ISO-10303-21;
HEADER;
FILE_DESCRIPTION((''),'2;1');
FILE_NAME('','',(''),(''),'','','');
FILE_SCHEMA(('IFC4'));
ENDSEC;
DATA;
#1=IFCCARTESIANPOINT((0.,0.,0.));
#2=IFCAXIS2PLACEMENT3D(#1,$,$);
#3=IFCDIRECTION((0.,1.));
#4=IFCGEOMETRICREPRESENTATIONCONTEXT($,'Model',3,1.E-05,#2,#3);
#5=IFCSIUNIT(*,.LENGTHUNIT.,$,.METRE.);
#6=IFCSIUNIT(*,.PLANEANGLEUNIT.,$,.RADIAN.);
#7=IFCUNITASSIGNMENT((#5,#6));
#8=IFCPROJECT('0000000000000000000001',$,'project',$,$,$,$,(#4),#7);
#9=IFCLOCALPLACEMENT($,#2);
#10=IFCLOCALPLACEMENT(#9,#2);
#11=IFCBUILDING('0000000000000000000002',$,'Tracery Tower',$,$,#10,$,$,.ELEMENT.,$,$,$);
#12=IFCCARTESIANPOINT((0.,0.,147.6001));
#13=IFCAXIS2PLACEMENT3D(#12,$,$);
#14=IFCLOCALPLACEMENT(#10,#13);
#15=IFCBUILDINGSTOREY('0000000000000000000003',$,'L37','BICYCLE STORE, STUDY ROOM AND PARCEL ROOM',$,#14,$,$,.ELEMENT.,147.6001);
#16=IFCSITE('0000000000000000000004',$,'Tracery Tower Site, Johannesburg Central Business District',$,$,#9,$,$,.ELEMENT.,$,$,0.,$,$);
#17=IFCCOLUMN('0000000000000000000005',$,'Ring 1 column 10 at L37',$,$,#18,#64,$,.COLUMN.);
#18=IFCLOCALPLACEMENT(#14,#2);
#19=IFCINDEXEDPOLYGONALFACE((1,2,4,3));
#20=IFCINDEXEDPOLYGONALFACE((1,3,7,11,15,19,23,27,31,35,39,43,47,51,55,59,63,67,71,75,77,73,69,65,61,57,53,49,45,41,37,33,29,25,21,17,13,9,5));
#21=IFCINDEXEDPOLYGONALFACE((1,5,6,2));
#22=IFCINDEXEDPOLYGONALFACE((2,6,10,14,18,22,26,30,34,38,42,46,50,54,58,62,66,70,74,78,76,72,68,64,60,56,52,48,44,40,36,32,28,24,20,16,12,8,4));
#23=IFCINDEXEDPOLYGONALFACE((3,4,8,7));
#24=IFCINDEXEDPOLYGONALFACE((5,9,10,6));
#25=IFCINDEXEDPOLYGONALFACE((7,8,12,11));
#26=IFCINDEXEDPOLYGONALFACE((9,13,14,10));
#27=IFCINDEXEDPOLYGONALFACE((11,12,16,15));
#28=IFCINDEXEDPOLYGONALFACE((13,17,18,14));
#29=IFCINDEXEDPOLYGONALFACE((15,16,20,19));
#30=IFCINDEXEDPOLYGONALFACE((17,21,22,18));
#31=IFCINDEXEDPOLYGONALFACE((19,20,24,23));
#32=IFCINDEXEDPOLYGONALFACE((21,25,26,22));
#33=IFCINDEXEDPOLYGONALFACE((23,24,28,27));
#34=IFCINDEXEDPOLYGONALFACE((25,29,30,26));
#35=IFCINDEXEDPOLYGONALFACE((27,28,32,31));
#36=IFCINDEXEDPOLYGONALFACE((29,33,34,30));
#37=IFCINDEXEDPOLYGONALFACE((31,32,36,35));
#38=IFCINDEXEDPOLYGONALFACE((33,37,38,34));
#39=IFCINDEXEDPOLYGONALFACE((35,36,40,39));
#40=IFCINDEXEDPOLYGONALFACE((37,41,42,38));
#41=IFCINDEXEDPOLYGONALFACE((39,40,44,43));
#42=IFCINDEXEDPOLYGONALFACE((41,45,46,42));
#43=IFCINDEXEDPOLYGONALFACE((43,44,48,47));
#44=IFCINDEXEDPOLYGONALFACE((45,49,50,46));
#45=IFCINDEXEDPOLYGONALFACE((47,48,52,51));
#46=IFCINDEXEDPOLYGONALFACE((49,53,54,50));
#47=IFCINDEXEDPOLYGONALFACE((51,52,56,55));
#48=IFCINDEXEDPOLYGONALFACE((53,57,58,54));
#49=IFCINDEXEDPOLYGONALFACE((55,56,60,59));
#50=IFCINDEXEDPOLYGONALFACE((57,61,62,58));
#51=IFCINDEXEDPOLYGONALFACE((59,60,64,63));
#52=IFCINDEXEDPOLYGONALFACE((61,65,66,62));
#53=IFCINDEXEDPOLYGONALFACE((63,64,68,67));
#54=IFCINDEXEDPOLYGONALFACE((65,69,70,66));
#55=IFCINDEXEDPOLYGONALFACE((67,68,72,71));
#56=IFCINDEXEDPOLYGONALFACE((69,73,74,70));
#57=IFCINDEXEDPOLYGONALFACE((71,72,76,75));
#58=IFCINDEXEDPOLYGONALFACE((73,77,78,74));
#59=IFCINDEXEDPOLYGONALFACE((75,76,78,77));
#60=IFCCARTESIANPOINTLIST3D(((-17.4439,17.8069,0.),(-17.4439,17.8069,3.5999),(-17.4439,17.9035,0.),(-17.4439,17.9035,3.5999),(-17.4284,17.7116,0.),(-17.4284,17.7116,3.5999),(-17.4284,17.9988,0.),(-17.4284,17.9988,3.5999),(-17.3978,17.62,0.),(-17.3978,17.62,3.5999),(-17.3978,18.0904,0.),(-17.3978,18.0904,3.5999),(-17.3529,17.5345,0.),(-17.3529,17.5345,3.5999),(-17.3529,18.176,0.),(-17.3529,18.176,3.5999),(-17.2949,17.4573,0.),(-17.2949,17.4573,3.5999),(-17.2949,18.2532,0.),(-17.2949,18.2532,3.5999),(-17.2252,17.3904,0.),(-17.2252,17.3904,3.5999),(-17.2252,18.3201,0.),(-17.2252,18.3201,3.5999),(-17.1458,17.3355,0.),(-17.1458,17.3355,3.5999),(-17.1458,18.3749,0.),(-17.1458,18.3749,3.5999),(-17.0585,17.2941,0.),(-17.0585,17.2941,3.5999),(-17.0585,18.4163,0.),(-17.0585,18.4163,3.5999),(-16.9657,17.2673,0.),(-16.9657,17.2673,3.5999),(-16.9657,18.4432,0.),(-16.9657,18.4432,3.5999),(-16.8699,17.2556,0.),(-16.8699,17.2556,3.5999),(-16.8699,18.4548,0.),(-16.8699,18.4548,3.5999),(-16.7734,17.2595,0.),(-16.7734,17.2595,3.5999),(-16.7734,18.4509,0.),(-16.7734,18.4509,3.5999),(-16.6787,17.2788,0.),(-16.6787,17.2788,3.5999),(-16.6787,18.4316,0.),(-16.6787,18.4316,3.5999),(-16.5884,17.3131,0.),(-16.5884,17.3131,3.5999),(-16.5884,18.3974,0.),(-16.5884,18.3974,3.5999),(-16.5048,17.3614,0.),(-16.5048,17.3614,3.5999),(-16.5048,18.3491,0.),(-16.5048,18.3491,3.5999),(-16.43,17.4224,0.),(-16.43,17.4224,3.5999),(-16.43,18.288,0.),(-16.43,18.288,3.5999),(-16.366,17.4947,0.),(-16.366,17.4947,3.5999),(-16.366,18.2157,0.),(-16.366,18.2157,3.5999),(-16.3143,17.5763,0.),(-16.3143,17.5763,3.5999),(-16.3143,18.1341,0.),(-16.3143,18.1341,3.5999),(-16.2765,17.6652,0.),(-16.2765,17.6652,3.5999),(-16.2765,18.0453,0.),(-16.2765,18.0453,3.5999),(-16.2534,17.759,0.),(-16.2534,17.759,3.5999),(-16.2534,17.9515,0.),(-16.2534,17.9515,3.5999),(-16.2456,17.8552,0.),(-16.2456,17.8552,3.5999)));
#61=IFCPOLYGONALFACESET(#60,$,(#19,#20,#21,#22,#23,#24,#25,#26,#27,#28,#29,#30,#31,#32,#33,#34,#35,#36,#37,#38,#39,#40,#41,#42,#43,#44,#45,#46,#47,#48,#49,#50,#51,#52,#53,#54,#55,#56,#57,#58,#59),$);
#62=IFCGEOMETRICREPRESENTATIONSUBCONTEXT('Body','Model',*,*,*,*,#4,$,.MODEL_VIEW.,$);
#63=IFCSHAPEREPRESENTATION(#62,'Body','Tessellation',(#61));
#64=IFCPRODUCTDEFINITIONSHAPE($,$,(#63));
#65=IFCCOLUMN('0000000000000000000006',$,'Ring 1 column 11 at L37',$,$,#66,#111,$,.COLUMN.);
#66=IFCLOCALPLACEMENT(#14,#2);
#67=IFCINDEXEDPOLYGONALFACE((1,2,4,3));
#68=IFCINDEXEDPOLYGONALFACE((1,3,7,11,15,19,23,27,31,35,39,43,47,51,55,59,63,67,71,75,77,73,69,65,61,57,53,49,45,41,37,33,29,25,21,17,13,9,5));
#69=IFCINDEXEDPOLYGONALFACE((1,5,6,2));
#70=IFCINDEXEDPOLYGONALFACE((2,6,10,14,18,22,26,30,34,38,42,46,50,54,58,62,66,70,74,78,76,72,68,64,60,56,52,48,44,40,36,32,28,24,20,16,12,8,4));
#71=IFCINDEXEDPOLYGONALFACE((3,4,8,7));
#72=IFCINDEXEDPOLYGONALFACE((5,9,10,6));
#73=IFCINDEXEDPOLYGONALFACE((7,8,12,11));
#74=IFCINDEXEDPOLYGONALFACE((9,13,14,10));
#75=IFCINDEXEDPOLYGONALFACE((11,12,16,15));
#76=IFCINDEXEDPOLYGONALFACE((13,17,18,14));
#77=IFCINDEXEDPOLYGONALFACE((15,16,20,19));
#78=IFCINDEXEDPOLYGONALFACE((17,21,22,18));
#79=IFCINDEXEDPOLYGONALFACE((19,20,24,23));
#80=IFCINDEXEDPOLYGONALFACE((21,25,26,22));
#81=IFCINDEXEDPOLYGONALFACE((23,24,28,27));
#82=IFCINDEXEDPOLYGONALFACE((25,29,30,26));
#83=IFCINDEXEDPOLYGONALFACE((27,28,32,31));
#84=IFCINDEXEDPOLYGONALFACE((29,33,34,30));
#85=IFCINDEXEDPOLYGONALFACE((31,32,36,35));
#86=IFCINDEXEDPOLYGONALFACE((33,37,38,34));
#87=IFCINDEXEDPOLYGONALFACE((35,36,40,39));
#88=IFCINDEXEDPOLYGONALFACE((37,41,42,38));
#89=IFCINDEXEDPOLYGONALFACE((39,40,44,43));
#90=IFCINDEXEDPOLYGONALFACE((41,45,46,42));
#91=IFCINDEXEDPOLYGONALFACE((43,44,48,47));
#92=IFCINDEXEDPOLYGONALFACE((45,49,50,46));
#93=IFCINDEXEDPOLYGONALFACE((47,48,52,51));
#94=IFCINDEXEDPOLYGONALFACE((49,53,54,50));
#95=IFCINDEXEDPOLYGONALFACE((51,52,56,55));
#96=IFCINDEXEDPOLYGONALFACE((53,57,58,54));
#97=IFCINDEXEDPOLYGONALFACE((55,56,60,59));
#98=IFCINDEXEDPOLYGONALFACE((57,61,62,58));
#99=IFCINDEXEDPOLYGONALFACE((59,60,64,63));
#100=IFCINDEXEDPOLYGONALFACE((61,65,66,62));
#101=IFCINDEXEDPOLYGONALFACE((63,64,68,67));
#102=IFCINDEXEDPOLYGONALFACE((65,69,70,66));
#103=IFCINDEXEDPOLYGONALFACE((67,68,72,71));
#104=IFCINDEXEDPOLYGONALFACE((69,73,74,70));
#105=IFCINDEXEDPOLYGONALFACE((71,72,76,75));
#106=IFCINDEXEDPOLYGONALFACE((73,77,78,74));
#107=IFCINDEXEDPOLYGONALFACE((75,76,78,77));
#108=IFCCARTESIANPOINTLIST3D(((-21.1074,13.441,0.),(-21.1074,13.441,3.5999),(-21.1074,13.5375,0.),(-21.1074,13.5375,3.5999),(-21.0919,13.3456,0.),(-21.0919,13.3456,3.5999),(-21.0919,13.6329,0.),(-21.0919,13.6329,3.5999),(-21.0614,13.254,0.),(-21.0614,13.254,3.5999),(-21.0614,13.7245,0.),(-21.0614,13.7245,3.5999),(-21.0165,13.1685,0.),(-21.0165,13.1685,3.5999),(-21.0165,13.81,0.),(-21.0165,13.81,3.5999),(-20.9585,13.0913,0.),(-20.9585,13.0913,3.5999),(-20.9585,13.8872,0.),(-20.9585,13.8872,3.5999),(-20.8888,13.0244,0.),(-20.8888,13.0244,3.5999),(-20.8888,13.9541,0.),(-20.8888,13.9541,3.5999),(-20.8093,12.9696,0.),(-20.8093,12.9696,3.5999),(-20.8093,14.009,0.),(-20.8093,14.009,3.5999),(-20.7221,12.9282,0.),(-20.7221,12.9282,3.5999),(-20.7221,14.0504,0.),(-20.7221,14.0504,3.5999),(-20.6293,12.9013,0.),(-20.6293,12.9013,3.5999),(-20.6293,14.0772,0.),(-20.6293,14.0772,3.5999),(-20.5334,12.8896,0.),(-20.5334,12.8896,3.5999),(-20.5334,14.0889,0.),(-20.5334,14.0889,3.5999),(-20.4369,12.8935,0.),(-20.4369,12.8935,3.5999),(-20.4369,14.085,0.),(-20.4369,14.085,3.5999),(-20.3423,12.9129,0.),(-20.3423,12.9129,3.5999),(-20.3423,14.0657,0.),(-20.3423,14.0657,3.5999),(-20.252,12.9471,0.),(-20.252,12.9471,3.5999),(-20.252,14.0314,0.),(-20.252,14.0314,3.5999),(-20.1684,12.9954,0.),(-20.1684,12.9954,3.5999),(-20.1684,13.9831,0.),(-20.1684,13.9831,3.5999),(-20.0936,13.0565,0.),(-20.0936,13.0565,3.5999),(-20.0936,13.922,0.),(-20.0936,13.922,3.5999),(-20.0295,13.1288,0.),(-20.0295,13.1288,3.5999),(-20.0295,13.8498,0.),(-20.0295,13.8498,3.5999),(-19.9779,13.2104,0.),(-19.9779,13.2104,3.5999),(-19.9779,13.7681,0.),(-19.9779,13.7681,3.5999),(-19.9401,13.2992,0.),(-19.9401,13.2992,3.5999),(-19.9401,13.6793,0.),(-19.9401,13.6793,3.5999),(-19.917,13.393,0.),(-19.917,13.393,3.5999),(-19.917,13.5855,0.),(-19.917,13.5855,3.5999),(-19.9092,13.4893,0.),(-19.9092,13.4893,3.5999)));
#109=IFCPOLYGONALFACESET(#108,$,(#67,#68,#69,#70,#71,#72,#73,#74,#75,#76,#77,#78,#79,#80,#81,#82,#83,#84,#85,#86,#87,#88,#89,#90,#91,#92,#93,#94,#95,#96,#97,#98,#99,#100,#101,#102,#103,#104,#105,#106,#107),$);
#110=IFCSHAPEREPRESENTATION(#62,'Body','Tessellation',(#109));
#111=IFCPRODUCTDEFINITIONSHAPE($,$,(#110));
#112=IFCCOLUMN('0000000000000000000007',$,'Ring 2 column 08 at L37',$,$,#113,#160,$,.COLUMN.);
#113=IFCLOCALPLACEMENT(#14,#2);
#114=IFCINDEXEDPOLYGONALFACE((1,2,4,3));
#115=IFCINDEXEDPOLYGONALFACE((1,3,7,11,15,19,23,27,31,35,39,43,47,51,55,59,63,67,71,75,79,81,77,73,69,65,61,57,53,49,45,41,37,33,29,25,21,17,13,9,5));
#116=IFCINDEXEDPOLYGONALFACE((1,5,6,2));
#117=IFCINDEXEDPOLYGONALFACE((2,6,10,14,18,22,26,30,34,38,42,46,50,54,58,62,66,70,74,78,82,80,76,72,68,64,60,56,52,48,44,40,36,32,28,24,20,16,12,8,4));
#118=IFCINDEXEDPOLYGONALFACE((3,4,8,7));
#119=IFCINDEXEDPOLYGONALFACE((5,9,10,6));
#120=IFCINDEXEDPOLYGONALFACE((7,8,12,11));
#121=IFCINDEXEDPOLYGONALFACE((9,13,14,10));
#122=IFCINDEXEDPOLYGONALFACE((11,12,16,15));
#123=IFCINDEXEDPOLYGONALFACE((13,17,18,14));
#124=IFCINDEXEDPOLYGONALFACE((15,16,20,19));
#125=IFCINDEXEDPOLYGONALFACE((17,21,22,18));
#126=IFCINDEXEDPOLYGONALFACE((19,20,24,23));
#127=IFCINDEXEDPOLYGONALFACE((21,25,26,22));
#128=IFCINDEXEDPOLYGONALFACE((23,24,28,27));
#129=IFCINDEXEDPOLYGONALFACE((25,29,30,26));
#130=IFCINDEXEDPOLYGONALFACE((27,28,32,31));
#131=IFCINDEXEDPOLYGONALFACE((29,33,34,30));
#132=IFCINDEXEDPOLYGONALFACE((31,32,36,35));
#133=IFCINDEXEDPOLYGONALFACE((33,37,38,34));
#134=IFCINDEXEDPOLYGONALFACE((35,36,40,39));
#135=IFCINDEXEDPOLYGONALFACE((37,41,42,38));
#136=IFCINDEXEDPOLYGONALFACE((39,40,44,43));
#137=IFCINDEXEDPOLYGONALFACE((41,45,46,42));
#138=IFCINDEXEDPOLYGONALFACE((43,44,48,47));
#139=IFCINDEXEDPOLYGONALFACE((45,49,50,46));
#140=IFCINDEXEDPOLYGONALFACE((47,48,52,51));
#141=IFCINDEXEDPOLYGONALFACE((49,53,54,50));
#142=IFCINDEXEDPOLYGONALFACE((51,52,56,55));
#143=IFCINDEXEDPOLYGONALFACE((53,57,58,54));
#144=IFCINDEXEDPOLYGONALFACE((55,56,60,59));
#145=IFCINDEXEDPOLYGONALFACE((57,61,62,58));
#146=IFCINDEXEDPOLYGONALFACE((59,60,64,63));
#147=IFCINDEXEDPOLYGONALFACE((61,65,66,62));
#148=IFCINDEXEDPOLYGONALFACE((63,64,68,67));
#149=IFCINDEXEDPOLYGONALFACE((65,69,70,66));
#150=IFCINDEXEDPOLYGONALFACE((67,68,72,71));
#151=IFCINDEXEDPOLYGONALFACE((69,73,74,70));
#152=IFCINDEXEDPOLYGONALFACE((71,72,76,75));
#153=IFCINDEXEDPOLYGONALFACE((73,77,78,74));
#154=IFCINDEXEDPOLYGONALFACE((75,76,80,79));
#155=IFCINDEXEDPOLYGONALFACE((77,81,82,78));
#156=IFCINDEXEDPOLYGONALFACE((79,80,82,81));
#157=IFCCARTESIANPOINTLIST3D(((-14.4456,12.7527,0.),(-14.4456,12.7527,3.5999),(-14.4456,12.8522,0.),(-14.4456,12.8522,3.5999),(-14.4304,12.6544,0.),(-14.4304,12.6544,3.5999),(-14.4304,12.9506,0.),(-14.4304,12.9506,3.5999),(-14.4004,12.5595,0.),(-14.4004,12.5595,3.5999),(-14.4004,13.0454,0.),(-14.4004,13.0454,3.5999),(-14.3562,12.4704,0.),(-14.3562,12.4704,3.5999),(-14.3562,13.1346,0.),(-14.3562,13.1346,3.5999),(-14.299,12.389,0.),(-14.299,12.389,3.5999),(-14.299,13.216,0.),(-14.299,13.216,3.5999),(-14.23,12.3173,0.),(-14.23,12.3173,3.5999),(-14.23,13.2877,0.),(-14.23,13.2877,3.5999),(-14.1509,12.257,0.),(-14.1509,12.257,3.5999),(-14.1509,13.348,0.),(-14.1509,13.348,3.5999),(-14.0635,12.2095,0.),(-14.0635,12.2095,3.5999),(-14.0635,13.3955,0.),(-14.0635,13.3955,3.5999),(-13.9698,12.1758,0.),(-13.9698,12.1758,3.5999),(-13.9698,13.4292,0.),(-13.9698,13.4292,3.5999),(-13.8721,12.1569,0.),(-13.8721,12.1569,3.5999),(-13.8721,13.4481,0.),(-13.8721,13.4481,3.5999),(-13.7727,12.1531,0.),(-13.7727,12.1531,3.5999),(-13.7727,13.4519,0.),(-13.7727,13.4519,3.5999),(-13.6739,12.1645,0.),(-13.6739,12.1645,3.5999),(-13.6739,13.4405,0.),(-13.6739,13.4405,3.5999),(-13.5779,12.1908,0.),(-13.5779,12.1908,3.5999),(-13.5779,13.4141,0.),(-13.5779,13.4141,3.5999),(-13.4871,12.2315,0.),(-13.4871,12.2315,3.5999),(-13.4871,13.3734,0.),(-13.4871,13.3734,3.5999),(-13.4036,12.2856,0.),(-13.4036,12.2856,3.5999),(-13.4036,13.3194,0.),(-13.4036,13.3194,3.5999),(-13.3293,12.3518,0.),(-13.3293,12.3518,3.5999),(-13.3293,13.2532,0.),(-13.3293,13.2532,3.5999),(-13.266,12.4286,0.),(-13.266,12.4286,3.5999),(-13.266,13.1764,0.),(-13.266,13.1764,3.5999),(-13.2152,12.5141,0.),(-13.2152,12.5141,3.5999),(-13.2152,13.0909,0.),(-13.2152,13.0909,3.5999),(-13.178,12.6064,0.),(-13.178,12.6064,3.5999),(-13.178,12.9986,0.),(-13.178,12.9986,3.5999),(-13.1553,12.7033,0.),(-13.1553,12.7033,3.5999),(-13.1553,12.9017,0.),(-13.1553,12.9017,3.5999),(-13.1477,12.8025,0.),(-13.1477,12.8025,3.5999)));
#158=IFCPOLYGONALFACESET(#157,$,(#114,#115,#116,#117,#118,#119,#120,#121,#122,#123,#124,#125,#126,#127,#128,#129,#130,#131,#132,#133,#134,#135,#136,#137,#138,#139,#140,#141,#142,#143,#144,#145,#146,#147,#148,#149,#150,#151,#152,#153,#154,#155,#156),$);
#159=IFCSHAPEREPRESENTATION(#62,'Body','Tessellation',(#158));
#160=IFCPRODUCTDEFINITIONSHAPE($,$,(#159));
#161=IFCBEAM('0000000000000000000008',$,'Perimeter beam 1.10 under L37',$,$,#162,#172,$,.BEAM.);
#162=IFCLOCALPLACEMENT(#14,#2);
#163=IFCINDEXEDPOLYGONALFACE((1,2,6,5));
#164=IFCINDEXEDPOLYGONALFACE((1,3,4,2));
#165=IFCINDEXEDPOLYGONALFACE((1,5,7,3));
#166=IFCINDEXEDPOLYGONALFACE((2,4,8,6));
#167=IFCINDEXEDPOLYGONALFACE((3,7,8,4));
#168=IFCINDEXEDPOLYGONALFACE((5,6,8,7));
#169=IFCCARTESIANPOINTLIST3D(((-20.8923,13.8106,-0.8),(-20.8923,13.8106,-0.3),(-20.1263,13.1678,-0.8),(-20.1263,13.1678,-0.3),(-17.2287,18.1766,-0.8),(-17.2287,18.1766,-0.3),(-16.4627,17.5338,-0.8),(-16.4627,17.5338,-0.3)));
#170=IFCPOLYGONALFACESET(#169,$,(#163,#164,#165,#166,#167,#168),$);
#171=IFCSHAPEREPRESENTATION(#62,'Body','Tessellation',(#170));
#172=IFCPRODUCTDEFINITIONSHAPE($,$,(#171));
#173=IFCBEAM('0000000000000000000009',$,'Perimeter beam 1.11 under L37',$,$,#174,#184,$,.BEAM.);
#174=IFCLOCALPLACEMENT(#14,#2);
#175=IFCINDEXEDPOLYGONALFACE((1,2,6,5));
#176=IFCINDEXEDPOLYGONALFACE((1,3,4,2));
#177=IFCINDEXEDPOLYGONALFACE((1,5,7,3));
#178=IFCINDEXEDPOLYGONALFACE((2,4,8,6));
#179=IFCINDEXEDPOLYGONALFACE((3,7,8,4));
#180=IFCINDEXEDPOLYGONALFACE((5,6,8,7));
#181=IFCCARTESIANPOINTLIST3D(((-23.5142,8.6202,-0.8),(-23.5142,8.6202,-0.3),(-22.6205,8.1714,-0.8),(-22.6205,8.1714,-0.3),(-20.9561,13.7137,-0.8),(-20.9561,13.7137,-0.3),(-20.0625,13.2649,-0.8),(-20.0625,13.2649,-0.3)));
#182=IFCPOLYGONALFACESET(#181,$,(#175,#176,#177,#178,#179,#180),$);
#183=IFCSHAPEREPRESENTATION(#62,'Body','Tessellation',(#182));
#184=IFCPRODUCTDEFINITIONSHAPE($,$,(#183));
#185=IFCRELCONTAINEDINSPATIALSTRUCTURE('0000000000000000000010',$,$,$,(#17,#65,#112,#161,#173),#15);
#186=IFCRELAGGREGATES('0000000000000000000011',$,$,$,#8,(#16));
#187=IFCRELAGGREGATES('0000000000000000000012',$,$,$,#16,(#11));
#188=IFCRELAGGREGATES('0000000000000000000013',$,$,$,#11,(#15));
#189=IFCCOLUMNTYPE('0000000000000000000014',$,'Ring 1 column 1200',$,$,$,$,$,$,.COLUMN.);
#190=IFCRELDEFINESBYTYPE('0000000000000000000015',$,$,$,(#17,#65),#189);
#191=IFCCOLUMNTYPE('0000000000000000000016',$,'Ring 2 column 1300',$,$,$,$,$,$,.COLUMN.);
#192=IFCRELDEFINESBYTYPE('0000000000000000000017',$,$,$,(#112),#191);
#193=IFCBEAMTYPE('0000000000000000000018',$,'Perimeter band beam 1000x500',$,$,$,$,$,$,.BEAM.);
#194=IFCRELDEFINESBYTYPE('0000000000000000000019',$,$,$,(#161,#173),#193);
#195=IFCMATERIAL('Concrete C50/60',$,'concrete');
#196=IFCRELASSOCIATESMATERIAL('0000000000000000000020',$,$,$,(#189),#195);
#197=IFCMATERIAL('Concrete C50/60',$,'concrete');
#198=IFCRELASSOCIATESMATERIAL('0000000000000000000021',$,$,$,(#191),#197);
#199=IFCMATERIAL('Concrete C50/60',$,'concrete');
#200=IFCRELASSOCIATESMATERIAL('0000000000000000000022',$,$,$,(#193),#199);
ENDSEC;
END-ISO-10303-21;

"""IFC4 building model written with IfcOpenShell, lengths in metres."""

from ifc_helpers import new_model, si_unit, direction, frame, origin, origin_2d, place, context, subcontext, project, spatial, rectangle, circle, extrude, material, material_profile, profile_set, type_object, element, save


model = new_model("IFC4")

# Units and contexts
model_context = context("Model", 3, precision=1e-05, world=origin(), true_north=direction((0.0, 1.0)))
body_context = subcontext(model_context, "Body", "Model", "MODEL_VIEW")
ifc_project = project(units=[si_unit("LENGTHUNIT", "METRE"), si_unit("PLANEANGLEUNIT", "RADIAN")], contexts=[model_context])

# Site, building, storey
site_placement = place(None, origin())
site = spatial("IfcSite", under=ifc_project, at=site_placement, Name="Tracery Tower Site, Johannesburg Central Business District", CompositionType="ELEMENT", RefElevation=0.0)
building_placement = place(site_placement, origin())
building = spatial("IfcBuilding", under=site, at=building_placement, Name="Tracery Tower", CompositionType="ELEMENT")
storey_placement = place(building_placement, frame((0.0, 0.0, 147.6001)))
storey = spatial("IfcBuildingStorey", under=building, at=storey_placement, Name="L37", Description="BICYCLE STORE, STUDY ROOM AND PARCEL ROOM", CompositionType="ELEMENT", Elevation=147.6001)

# Columns
ifc_material_1 = material(Name="Concrete C50/60", Category="concrete")
ifc_material_profile_1 = material_profile(ifc_material_1, circle(Radius=0.6001, at=origin_2d()), Name="RC D1200")
ifc_profile_set_1 = profile_set([ifc_material_profile_1], Name="Concrete C50/60")
column_type_1 = type_object("IfcColumnType", Name="Ring 1 column 1200", PredefinedType="COLUMN", material=ifc_profile_set_1)
for number, where, z_axis, x_axis, name in (
    (1, (-16.8457, 17.8552, 0.0), (0.0, 0.0, 1.0), (1.0, 0.0, 0.0), "Ring 1 column 10 at L37"),
    (2, (-20.5093, 13.4893, 0.0), (0.0, 0.0, 1.0), (1.0, 0.0, 0.0), "Ring 1 column 11 at L37"),
):
    element("IfcColumn", number, at=place(storey_placement, frame(where, z_axis=z_axis, x_axis=x_axis)), inside=storey, type_object=column_type_1, Name=name, PredefinedType="COLUMN", context=body_context, shape_type="SweptSolid", body=[
        extrude(circle(Radius=0.6001, at=origin_2d()), origin(), (0.0, 0.0, 1.0), 3.5999),
    ])
ifc_material_2 = material(Name="Concrete C50/60", Category="concrete")
ifc_material_profile_2 = material_profile(ifc_material_2, circle(Radius=0.6499, at=origin_2d()), Name="RC D1300")
ifc_profile_set_2 = profile_set([ifc_material_profile_2], Name="Concrete C50/60")
column_type_2 = type_object("IfcColumnType", Name="Ring 2 column 1300", PredefinedType="COLUMN", material=ifc_profile_set_2)
column_placement = place(storey_placement, frame((-13.7976, 12.8025, 0.0), z_axis=(0.0, 0.0, 1.0), x_axis=(1.0, 0.0, 0.0)))
element("IfcColumn", 3, at=column_placement, inside=storey, type_object=column_type_2, Name="Ring 2 column 08 at L37", PredefinedType="COLUMN", context=body_context, shape_type="SweptSolid", body=[
    extrude(circle(Radius=0.6499, at=origin_2d()), origin(), (0.0, 0.0, 1.0), 3.5999),
])

# Beams
ifc_material_3 = material(Name="Concrete C50/60", Category="concrete")
ifc_material_profile_3 = material_profile(ifc_material_3, rectangle(XDim=1.0, YDim=0.5, at=origin_2d()), Name="RC 1000x500")
ifc_profile_set_3 = profile_set([ifc_material_profile_3], Name="Concrete C50/60")
beam_type = type_object("IfcBeamType", Name="Perimeter band beam 1000x500", PredefinedType="BEAM", material=ifc_profile_set_3)
beam_1_placement = place(storey_placement, frame((-16.8457, 17.8552, -0.55), z_axis=(-0.642797, -0.766036, 0.0), x_axis=(0.766036, -0.642797, 0.0)))
element("IfcBeam", 4, at=beam_1_placement, inside=storey, type_object=beam_type, Name="Perimeter beam 1.10 under L37", PredefinedType="BEAM", context=body_context, shape_type="SweptSolid", body=[
    extrude(rectangle(XDim=1.0, YDim=0.5, at=origin_2d()), origin(), (0.0, 0.0, 1.0), 5.6995),
])
beam_2_placement = place(storey_placement, frame((-20.5093, 13.4893, -0.55), z_axis=(-0.448806, -0.893629, 0.0), x_axis=(0.893629, -0.448806, 0.0)))
element("IfcBeam", 5, at=beam_2_placement, inside=storey, type_object=beam_type, Name="Perimeter beam 1.11 under L37", PredefinedType="BEAM", context=body_context, shape_type="SweptSolid", body=[
    extrude(rectangle(XDim=1.0, YDim=0.5, at=origin_2d()), origin(), (0.0, 0.0, 1.0), 5.6997),
])

save(model, "model.ifc")
